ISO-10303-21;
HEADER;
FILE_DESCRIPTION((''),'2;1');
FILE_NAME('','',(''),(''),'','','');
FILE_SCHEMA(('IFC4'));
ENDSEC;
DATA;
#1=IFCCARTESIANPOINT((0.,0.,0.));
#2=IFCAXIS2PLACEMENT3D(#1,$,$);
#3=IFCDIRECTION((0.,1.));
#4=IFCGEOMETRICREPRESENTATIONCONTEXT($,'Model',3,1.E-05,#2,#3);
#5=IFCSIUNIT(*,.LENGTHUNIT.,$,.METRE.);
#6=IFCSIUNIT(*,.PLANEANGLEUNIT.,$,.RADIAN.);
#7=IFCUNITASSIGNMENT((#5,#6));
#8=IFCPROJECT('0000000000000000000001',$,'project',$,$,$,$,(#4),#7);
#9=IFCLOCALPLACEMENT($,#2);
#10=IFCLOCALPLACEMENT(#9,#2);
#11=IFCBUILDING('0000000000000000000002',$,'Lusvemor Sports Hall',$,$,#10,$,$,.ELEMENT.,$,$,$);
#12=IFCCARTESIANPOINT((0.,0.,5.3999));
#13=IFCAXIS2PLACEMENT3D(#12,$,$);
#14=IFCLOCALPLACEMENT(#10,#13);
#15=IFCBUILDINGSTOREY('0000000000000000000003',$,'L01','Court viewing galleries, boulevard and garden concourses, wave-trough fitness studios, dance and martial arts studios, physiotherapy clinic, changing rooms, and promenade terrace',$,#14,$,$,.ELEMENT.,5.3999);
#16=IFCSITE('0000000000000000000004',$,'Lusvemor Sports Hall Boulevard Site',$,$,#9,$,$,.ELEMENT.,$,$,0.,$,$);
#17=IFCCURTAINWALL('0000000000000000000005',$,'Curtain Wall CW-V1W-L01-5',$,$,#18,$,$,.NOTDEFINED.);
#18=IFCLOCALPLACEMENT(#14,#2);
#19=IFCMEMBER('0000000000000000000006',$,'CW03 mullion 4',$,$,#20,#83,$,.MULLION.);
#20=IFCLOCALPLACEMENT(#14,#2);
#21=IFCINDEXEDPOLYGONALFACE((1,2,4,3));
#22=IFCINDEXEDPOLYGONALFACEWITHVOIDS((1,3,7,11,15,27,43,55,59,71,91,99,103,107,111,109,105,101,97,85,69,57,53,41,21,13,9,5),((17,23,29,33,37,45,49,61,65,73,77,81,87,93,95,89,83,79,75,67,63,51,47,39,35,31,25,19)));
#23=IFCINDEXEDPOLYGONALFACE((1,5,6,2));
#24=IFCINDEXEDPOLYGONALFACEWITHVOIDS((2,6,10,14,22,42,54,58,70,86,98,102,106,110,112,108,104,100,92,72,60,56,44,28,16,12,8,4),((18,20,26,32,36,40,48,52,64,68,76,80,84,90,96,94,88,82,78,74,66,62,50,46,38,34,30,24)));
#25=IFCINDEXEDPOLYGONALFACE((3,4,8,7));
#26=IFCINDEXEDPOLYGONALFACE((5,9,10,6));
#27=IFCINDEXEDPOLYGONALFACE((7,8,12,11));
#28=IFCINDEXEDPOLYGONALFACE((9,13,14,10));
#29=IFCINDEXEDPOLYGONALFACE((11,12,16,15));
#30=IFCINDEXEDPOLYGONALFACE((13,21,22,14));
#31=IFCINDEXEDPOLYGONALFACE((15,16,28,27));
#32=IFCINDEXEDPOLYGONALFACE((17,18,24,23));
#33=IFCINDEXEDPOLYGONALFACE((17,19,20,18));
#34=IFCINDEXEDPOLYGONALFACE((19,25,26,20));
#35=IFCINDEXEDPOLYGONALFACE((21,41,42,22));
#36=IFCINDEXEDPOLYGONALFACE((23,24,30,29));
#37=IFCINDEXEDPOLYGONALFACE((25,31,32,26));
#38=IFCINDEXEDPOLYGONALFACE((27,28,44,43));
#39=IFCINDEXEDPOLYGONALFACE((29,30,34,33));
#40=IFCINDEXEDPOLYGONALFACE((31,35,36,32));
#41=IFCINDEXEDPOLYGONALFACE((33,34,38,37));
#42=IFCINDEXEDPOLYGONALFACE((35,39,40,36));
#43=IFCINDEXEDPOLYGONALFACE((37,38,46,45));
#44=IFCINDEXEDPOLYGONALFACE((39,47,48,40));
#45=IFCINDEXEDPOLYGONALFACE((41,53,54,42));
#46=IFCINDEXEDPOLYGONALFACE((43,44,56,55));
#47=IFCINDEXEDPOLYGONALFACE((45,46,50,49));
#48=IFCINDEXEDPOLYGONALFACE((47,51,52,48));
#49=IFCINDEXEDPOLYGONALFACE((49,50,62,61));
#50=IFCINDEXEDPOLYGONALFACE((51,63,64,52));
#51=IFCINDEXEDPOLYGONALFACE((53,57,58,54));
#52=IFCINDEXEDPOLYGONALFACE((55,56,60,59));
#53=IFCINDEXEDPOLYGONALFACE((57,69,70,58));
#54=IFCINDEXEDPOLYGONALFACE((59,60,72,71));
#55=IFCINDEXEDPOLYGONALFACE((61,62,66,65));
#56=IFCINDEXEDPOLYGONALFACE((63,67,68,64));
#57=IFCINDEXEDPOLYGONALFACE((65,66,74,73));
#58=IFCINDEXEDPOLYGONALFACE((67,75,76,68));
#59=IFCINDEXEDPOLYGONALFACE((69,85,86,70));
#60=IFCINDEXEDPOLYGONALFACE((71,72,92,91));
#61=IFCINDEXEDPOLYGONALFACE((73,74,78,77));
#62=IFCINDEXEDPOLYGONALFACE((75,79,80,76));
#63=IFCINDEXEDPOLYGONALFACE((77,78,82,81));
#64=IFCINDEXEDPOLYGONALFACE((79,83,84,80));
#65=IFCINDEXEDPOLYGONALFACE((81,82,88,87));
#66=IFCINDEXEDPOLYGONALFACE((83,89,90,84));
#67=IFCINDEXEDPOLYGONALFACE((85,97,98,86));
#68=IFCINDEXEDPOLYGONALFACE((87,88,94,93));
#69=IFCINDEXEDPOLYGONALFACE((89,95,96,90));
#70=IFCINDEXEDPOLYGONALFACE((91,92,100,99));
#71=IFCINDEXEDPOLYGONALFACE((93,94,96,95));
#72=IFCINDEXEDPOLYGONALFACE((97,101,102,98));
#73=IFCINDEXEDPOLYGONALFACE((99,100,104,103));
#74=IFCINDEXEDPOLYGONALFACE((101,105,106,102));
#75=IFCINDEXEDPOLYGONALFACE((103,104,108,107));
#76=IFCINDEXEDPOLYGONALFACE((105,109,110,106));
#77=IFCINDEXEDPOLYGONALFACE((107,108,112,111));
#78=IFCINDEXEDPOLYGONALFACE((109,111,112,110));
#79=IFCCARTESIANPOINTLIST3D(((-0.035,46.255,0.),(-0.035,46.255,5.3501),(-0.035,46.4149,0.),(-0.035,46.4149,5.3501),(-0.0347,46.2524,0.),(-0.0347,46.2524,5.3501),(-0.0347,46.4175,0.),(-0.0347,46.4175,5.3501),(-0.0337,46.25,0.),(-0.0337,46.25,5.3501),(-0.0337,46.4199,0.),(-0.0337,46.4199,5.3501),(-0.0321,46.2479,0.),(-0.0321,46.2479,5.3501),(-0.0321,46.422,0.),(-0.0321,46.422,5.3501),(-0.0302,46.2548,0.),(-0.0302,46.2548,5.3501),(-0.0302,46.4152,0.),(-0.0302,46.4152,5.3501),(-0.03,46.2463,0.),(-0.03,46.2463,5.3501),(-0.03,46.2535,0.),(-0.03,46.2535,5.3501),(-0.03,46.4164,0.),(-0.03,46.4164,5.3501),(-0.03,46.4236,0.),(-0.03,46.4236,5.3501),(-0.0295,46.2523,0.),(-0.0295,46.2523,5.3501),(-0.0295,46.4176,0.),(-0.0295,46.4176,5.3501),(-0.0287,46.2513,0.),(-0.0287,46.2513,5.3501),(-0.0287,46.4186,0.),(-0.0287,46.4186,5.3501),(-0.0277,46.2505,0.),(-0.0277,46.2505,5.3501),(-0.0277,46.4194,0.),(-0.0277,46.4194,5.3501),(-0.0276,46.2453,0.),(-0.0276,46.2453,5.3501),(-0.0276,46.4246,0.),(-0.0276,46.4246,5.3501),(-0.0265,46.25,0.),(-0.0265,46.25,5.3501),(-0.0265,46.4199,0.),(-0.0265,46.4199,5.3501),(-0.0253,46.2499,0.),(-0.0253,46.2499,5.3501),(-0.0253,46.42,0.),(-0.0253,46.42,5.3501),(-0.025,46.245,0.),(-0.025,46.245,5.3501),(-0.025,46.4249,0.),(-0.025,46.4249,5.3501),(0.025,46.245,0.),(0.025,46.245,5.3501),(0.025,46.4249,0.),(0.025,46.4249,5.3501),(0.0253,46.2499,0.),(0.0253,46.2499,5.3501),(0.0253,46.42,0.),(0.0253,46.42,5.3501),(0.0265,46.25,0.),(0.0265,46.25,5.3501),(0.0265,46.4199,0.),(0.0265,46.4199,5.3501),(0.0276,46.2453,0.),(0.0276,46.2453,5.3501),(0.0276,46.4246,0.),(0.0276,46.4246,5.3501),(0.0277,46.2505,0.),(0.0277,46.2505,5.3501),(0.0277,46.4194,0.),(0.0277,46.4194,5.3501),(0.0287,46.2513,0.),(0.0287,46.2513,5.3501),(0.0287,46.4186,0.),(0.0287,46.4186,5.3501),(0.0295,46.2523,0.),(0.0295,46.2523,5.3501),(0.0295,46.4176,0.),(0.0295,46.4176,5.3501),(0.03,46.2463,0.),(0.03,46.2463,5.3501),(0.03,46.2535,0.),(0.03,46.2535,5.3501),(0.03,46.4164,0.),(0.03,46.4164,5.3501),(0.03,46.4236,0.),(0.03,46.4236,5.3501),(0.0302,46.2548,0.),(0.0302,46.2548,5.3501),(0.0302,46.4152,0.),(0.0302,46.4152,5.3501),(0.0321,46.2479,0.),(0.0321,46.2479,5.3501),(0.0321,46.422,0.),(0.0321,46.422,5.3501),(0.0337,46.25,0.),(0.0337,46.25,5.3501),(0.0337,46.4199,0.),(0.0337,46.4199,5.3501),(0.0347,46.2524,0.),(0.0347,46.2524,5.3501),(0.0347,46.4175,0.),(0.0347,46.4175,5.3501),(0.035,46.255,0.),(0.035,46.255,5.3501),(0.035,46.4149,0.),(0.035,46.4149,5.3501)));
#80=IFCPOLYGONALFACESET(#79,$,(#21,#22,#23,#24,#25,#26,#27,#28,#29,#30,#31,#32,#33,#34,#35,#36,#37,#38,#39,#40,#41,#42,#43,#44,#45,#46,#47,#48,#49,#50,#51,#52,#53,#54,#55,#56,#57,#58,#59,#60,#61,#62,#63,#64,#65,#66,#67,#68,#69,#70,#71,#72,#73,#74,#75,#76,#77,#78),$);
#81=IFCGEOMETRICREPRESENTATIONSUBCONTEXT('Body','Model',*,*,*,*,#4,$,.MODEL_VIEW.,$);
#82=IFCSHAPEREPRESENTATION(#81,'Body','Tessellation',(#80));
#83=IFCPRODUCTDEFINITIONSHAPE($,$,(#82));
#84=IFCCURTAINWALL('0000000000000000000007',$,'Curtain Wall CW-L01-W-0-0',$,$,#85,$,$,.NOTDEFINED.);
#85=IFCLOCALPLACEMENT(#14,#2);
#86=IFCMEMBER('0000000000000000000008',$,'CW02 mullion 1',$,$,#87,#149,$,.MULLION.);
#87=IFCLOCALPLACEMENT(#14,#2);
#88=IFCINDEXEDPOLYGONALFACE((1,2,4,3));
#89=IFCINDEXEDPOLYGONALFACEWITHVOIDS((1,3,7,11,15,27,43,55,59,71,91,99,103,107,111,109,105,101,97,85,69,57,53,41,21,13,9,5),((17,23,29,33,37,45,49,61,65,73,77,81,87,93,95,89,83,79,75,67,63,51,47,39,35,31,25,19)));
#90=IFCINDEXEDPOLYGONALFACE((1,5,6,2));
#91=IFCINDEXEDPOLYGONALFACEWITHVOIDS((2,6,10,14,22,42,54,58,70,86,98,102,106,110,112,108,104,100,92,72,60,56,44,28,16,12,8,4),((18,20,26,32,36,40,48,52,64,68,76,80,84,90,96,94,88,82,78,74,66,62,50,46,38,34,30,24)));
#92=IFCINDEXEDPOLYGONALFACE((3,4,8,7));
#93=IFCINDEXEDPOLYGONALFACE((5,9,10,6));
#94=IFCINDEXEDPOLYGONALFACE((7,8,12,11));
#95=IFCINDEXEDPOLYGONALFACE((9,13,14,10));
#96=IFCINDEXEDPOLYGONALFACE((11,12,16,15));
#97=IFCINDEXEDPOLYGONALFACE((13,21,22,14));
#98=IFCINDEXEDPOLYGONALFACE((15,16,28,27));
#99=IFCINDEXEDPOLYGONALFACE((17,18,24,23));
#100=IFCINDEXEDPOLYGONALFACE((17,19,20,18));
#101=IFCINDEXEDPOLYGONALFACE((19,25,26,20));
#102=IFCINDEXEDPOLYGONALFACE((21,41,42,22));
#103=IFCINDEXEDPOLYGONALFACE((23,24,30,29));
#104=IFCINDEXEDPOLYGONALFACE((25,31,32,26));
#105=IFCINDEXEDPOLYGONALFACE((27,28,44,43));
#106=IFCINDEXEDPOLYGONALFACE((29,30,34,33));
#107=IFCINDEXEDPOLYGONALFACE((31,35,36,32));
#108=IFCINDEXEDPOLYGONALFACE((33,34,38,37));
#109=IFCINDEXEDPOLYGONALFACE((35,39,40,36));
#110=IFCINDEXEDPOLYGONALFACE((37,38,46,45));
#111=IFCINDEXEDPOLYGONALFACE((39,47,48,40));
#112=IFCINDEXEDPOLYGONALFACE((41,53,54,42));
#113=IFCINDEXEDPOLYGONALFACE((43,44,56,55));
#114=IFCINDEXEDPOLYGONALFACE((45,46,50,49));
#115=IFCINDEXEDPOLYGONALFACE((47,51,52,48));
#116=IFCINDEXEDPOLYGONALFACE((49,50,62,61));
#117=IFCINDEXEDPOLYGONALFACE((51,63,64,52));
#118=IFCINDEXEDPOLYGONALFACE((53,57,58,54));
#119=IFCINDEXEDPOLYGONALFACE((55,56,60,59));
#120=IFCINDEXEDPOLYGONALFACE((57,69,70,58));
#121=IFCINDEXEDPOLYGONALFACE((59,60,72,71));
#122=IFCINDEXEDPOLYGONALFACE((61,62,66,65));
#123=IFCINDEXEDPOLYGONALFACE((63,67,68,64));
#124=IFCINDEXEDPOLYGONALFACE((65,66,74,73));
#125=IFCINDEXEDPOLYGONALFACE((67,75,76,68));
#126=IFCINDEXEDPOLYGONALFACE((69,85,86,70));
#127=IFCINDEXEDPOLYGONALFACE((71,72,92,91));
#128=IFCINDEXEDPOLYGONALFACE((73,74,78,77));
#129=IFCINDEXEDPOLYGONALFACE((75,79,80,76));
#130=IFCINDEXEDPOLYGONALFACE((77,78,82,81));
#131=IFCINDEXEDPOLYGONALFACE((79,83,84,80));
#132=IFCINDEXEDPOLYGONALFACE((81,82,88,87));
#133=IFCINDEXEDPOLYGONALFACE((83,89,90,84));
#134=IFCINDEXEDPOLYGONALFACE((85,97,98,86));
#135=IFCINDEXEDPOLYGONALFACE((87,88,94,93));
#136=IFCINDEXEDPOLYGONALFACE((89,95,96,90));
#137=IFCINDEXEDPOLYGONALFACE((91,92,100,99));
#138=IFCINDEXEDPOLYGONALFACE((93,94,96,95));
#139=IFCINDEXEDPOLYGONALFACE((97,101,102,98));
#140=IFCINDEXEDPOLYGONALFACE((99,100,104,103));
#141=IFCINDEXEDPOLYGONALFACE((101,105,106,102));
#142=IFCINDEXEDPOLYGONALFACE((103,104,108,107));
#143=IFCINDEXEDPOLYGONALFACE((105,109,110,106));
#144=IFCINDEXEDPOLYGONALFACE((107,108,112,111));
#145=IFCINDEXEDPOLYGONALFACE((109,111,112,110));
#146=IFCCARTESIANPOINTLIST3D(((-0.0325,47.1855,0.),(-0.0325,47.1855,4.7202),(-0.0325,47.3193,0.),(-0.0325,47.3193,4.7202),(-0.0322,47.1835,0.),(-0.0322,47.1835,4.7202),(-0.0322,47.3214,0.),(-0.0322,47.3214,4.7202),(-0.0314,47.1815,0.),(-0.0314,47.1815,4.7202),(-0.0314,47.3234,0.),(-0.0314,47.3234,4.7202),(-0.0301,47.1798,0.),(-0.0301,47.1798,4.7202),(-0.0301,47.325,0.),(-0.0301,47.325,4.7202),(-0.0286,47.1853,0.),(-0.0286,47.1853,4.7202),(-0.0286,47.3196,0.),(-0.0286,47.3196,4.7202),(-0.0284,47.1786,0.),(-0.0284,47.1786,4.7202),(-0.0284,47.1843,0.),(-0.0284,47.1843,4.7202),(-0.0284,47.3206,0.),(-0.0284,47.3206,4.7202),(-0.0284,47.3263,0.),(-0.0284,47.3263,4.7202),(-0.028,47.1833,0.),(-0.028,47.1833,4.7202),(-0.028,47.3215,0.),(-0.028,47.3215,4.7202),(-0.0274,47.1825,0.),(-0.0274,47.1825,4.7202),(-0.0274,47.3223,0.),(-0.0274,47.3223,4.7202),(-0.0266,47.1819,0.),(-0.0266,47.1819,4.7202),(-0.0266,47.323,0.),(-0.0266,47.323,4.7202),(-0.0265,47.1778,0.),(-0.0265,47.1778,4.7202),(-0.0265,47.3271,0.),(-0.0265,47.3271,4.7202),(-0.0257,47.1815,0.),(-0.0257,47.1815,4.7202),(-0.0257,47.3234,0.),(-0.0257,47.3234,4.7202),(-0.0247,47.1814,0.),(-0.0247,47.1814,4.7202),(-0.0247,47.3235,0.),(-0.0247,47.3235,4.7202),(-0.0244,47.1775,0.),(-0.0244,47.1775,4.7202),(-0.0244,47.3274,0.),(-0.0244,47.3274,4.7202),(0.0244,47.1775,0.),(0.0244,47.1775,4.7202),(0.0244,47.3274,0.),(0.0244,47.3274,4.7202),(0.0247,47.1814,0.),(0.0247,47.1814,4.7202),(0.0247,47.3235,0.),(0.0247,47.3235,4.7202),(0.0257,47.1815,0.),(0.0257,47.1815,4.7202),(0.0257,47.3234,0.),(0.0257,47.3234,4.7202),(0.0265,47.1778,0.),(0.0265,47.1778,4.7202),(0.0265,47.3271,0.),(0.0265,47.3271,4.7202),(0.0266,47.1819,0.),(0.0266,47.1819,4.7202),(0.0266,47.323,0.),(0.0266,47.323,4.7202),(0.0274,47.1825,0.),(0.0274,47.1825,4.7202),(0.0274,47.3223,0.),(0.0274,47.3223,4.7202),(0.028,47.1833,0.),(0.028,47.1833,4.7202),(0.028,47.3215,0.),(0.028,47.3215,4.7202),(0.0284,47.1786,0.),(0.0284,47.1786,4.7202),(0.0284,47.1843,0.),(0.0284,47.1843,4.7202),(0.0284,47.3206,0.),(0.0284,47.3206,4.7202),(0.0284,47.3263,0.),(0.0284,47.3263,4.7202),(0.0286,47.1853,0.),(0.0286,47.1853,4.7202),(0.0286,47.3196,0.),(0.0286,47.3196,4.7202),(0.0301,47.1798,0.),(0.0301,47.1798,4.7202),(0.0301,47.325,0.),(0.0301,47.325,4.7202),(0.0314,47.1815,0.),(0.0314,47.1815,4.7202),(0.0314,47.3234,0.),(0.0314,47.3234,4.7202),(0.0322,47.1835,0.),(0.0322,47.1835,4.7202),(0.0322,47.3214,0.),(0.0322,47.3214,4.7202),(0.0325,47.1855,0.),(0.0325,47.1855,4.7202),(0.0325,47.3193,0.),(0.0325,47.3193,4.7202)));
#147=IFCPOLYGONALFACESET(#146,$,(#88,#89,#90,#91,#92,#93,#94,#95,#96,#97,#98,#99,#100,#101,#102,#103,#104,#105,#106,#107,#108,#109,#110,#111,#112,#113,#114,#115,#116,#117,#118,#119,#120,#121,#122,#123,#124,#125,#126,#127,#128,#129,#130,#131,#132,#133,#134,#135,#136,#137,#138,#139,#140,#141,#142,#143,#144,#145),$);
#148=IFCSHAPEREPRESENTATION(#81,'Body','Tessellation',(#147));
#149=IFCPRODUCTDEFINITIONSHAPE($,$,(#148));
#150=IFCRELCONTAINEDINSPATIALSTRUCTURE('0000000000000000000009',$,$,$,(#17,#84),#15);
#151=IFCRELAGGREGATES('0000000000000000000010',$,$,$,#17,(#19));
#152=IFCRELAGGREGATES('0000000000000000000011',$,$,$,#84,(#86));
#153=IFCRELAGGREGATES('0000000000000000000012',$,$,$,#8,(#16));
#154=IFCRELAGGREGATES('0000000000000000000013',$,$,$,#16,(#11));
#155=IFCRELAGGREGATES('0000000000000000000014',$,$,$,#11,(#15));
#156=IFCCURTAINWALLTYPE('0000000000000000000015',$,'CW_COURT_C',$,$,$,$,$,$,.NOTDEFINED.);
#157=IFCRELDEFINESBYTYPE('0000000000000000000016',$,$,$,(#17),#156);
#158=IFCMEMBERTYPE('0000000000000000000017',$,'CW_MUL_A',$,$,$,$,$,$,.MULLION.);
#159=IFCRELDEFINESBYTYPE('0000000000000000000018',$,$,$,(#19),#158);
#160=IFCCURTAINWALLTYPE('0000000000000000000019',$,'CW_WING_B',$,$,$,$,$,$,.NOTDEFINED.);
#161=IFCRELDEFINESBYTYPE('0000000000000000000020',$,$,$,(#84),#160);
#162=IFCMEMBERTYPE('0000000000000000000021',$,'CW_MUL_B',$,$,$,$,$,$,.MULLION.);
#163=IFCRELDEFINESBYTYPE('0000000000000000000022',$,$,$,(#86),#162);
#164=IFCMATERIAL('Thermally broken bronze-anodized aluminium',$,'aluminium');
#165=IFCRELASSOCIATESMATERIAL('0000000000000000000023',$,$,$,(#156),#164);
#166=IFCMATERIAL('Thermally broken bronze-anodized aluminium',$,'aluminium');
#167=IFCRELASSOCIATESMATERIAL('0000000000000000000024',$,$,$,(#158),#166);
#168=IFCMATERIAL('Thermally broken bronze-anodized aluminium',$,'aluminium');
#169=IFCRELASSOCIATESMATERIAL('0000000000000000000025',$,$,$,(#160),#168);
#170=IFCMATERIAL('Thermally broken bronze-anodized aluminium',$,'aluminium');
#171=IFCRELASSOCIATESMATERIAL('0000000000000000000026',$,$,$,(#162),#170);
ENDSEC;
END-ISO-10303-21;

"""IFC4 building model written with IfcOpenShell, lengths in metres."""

from ifc_helpers import new_model, si_unit, direction, frame, origin, origin_2d, place, context, subcontext, project, spatial, hollow_rectangle, extrude, material, material_profile, profile_set, type_object, element, aggregate, save


model = new_model("IFC4")

# Units and contexts
model_context = context("Model", 3, precision=1e-05, world=origin(), true_north=direction((0.0, 1.0)))
body_context = subcontext(model_context, "Body", "Model", "MODEL_VIEW")
ifc_project = project(units=[si_unit("LENGTHUNIT", "METRE"), si_unit("PLANEANGLEUNIT", "RADIAN")], contexts=[model_context])

# Site, building, storey
site_placement = place(None, origin())
site = spatial("IfcSite", under=ifc_project, at=site_placement, Name="Lusvemor Sports Hall Boulevard Site", CompositionType="ELEMENT", RefElevation=0.0)
building_placement = place(site_placement, origin())
building = spatial("IfcBuilding", under=site, at=building_placement, Name="Lusvemor Sports Hall", CompositionType="ELEMENT")
storey_placement = place(building_placement, frame((0.0, 0.0, 5.3999)))
storey = spatial("IfcBuildingStorey", under=building, at=storey_placement, Name="L01", Description="Court viewing galleries, boulevard and garden concourses, wave-trough fitness studios, dance and martial arts studios, physiotherapy clinic, changing rooms, and promenade terrace", CompositionType="ELEMENT", Elevation=5.3999)

# Curtain wall, member
ifc_material_1 = material(Name="Thermally broken bronze-anodized aluminium", Category="aluminium")
curtain_wall_type_1 = type_object("IfcCurtainWallType", Name="CW_COURT_C", PredefinedType="NOTDEFINED", material=ifc_material_1)
curtain_wall_1_placement = place(storey_placement, origin())
curtain_wall_1 = element("IfcCurtainWall", 1, at=curtain_wall_1_placement, inside=storey, type_object=curtain_wall_type_1, Name="Curtain Wall CW-V1W-L01-5", PredefinedType="NOTDEFINED")
ifc_material_2 = material(Name="Thermally broken bronze-anodized aluminium", Category="aluminium")
ifc_material_profile_1 = material_profile(ifc_material_2, hollow_rectangle(XDim=0.0701, YDim=0.1799, WallThickness=0.0049, InnerFilletRadius=0.0049, OuterFilletRadius=0.01, at=origin_2d()), Name="CWMUL180x70x5")
ifc_profile_set_1 = profile_set([ifc_material_profile_1], Name="Thermally broken bronze-anodized aluminium")
member_type_1 = type_object("IfcMemberType", Name="CW_MUL_A", PredefinedType="MULLION", material=ifc_profile_set_1)
member_1_placement = place(storey_placement, frame((0.0, 46.335, 0.0), z_axis=(0.0, 0.0, 1.0), x_axis=(-1.0, 0.0, 0.0)))
member_1 = element("IfcMember", 2, at=member_1_placement, type_object=member_type_1, Name="CW03 mullion 4", PredefinedType="MULLION", context=body_context, shape_type="SweptSolid", body=[
    extrude(hollow_rectangle(XDim=0.0701, YDim=0.1799, WallThickness=0.0049, InnerFilletRadius=0.0049, OuterFilletRadius=0.01, at=origin_2d()), origin(), (0.0, 0.0, 1.0), 5.3501),
])

# Curtain wall, member
ifc_material_3 = material(Name="Thermally broken bronze-anodized aluminium", Category="aluminium")
curtain_wall_type_2 = type_object("IfcCurtainWallType", Name="CW_WING_B", PredefinedType="NOTDEFINED", material=ifc_material_3)
curtain_wall_2_placement = place(storey_placement, origin())
curtain_wall_2 = element("IfcCurtainWall", 3, at=curtain_wall_2_placement, inside=storey, type_object=curtain_wall_type_2, Name="Curtain Wall CW-L01-W-0-0", PredefinedType="NOTDEFINED")
ifc_material_4 = material(Name="Thermally broken bronze-anodized aluminium", Category="aluminium")
ifc_material_profile_2 = material_profile(ifc_material_4, hollow_rectangle(XDim=0.0649, YDim=0.1499, WallThickness=0.0039, InnerFilletRadius=0.0039, OuterFilletRadius=0.0081, at=origin_2d()), Name="CWMUL150x65x4")
ifc_profile_set_2 = profile_set([ifc_material_profile_2], Name="Thermally broken bronze-anodized aluminium")
member_type_2 = type_object("IfcMemberType", Name="CW_MUL_B", PredefinedType="MULLION", material=ifc_profile_set_2)
member_2_placement = place(storey_placement, frame((0.0, 47.2524, 0.0), z_axis=(0.0, 0.0, 1.0), x_axis=(-1.0, 0.0, 0.0)))
member_2 = element("IfcMember", 4, at=member_2_placement, type_object=member_type_2, Name="CW02 mullion 1", PredefinedType="MULLION", context=body_context, shape_type="SweptSolid", body=[
    extrude(hollow_rectangle(XDim=0.0649, YDim=0.1499, WallThickness=0.0039, InnerFilletRadius=0.0039, OuterFilletRadius=0.0081, at=origin_2d()), origin(), (0.0, 0.0, 1.0), 4.7202),
])

aggregate(curtain_wall_1, [member_1])
aggregate(curtain_wall_2, [member_2])

save(model, "model.ifc")
